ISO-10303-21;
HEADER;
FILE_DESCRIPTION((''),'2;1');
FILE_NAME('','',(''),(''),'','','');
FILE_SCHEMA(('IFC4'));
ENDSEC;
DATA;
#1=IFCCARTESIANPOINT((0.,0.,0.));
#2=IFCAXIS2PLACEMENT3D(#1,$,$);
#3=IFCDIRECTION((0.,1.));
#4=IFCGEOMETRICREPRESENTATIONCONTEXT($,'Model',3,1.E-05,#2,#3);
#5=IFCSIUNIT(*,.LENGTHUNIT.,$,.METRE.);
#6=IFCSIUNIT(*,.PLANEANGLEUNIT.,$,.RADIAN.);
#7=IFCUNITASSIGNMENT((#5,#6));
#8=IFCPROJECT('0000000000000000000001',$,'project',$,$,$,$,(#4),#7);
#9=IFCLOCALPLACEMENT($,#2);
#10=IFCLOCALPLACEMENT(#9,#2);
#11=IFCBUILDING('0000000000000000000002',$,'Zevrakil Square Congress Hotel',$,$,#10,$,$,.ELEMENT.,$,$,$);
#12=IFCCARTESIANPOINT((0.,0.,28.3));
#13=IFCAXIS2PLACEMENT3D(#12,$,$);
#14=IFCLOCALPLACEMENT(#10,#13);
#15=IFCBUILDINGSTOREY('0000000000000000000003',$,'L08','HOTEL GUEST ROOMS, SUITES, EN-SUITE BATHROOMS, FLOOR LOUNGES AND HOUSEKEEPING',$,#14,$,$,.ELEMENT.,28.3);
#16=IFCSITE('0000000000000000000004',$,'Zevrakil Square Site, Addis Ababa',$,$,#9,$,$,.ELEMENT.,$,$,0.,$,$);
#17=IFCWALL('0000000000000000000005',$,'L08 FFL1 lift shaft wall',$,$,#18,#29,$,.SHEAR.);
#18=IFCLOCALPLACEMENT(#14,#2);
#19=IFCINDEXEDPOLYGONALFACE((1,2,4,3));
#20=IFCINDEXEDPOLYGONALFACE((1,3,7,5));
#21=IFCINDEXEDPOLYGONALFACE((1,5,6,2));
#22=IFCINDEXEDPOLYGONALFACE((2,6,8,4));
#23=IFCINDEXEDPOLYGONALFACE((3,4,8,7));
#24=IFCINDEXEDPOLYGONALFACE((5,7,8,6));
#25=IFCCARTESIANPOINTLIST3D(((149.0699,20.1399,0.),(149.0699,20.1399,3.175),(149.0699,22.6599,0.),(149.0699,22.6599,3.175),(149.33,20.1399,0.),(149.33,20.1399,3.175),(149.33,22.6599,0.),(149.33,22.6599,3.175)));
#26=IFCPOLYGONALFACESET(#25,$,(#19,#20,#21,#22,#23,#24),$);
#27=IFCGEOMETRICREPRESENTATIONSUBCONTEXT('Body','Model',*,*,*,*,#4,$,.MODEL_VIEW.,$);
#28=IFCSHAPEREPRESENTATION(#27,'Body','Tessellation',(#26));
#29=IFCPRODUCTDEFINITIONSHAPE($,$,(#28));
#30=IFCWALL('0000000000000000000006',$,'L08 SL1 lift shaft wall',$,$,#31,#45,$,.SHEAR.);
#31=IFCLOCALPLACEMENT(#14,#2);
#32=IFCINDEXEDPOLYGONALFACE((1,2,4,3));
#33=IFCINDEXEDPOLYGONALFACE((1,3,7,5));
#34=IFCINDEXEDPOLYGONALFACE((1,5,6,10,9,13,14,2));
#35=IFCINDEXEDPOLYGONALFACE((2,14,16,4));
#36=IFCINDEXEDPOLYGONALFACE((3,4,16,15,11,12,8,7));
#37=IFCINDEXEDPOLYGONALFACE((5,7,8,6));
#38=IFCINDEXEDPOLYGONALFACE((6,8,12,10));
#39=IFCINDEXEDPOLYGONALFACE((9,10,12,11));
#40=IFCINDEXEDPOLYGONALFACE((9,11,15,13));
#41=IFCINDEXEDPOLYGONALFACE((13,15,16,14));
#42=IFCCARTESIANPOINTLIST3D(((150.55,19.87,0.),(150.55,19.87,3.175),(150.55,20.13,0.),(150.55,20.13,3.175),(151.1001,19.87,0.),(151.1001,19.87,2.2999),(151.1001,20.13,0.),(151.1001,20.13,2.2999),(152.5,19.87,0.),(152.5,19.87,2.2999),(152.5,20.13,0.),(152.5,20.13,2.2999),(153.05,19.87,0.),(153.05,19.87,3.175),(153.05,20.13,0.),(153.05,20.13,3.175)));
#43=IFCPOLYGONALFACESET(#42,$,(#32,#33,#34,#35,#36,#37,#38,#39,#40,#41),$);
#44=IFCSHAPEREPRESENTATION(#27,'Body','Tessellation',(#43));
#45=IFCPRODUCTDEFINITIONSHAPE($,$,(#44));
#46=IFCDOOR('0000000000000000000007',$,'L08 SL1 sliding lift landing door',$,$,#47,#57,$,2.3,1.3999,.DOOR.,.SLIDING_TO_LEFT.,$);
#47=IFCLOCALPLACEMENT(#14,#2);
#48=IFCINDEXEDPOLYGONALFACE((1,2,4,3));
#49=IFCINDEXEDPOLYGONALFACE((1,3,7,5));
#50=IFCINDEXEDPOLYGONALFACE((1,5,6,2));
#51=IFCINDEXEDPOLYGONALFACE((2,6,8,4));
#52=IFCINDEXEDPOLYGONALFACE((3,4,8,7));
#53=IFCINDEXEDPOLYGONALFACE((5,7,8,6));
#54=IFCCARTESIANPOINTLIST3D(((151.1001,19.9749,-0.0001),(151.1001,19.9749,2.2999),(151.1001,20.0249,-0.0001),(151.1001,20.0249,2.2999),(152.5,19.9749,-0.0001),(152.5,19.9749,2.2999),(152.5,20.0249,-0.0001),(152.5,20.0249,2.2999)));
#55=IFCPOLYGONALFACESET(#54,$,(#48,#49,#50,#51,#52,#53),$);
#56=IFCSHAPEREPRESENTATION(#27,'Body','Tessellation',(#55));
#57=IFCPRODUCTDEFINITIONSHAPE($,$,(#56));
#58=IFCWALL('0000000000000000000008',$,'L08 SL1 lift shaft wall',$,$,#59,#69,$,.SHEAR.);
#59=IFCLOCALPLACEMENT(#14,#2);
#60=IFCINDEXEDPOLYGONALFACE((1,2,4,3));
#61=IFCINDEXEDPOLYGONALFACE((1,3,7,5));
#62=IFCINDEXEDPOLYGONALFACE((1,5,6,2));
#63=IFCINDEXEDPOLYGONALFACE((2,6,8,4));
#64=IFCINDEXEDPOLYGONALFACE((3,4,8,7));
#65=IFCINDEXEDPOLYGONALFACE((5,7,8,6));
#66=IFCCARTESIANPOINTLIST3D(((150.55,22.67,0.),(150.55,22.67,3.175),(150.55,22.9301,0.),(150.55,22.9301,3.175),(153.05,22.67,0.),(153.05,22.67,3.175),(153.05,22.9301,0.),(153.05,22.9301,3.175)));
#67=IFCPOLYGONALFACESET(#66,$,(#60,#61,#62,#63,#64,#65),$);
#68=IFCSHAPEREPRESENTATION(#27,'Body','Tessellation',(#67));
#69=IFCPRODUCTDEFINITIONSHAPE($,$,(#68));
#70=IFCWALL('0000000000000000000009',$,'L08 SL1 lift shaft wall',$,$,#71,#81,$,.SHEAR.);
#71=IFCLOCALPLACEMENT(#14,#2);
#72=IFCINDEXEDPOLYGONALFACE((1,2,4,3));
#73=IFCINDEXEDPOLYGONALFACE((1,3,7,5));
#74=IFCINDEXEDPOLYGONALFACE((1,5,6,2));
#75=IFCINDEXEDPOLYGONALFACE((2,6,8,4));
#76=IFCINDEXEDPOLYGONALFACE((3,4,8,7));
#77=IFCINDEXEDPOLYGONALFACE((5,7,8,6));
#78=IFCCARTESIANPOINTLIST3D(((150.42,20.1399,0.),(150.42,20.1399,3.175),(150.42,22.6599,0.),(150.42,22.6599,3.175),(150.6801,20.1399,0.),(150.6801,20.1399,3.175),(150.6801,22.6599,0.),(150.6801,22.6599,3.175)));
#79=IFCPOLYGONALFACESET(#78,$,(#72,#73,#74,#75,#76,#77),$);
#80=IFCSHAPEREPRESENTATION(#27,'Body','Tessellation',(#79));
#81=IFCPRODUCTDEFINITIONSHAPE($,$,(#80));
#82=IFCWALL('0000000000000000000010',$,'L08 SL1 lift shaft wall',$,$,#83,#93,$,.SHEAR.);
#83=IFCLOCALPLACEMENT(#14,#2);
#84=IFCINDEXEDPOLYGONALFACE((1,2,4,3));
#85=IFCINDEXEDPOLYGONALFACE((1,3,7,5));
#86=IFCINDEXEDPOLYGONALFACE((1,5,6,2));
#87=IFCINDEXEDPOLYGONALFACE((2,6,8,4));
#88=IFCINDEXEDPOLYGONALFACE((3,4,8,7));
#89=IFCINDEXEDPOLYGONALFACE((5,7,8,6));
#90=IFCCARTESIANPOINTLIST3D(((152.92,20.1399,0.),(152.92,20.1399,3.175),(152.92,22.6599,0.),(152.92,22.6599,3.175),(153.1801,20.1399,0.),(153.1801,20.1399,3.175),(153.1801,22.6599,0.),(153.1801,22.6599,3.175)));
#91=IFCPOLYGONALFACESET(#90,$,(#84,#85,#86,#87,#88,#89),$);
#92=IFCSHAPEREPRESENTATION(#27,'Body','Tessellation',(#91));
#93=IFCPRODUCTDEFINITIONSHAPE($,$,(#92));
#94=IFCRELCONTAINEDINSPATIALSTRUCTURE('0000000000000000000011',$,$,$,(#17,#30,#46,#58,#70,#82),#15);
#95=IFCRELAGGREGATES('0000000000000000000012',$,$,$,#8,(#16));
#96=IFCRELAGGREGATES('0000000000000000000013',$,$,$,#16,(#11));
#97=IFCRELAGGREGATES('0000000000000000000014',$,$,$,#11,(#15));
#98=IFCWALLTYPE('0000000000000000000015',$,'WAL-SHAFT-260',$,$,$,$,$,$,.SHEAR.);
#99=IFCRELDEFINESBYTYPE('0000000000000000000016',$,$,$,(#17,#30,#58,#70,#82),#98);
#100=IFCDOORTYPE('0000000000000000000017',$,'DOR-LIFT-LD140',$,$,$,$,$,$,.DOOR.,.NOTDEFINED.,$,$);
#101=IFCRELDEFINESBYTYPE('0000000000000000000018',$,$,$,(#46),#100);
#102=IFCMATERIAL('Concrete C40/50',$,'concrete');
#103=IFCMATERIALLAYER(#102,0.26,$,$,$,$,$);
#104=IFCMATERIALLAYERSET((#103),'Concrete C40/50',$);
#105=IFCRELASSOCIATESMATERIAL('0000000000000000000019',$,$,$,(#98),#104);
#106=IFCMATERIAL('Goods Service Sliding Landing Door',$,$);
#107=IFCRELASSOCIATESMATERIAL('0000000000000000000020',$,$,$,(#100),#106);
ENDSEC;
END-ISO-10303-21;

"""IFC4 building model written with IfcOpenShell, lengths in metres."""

from ifc_helpers import new_model, si_unit, direction, frame, frame_2d, origin, place, context, subcontext, project, spatial, rectangle, extrude, material, layer, layer_set, type_object, element, fill, save


model = new_model("IFC4")

# Units and contexts
model_context = context("Model", 3, precision=1e-05, world=origin(), true_north=direction((0.0, 1.0)))
body_context = subcontext(model_context, "Body", "Model", "MODEL_VIEW")
ifc_project = project(units=[si_unit("LENGTHUNIT", "METRE"), si_unit("PLANEANGLEUNIT", "RADIAN")], contexts=[model_context])

# Site, building, storey
site_placement = place(None, origin())
site = spatial("IfcSite", under=ifc_project, at=site_placement, Name="Zevrakil Square Site, Addis Ababa", CompositionType="ELEMENT", RefElevation=0.0)
building_placement = place(site_placement, origin())
building = spatial("IfcBuilding", under=site, at=building_placement, Name="Zevrakil Square Congress Hotel", CompositionType="ELEMENT")
storey_placement = place(building_placement, frame((0.0, 0.0, 28.3)))
storey = spatial("IfcBuildingStorey", under=building, at=storey_placement, Name="L08", Description="HOTEL GUEST ROOMS, SUITES, EN-SUITE BATHROOMS, FLOOR LOUNGES AND HOUSEKEEPING", CompositionType="ELEMENT", Elevation=28.3)

# Shared definitions
ifc_material_1 = material(Name="Concrete C40/50", Category="concrete")
ifc_layer_1 = layer(ifc_material_1, 0.26)
ifc_layer_set_1 = layer_set([ifc_layer_1], Name="Concrete C40/50")
wall_type_1 = type_object("IfcWallType", Name="WAL-SHAFT-260", PredefinedType="SHEAR", material=ifc_layer_set_1)

# Wall
for number, where, z_axis, x_axis, name in (
    (1, (149.2, 20.1399, 0.0), (0.0, 0.0, 1.0), (0.0, 1.0, 0.0), "L08 FFL1 lift shaft wall"),
):
    element("IfcWall", number, at=place(storey_placement, frame(where, z_axis=z_axis, x_axis=x_axis)), inside=storey, type_object=wall_type_1, Name=name, PredefinedType="SHEAR", context=body_context, shape_type="SweptSolid", body=[
        extrude(rectangle(XDim=2.52, YDim=0.26, at=frame_2d((1.26, 0.0))), origin(), (0.0, 0.0, 1.0), 3.175),
    ])

# Wall, opening, door
wall_1_placement = place(storey_placement, frame((150.55, 20.0, 0.0), z_axis=(0.0, 0.0, 1.0), x_axis=(1.0, 0.0, 0.0)))
wall_1 = element("IfcWall", 2, at=wall_1_placement, inside=storey, type_object=wall_type_1, Name="L08 SL1 lift shaft wall", PredefinedType="SHEAR", context=body_context, shape_type="SweptSolid", body=[
    extrude(rectangle(XDim=2.5, YDim=0.26, at=frame_2d((1.25, 0.0))), origin(), (0.0, 0.0, 1.0), 3.175),
])
opening_1_placement = place(wall_1_placement, frame((0.55, 0.0, 0.0)))
opening_1 = element("IfcOpeningElement", 3, at=opening_1_placement, cuts=wall_1, PredefinedType="OPENING", context=body_context, shape_type="SweptSolid", body=[
    extrude(rectangle(XDim=1.3999, YDim=2.3, at=frame_2d((0.7, 1.1499))), frame((0.0, 0.1401, 0.0), z_axis=(0.0, -1.0, 0.0), x_axis=(1.0, 0.0, 0.0)), (0.0, 0.0, 1.0), 0.28),
])
ifc_material_2 = material(Name="Goods Service Sliding Landing Door")
door_type_1 = type_object("IfcDoorType", Name="DOR-LIFT-LD140", OperationType="NOTDEFINED", PredefinedType="DOOR", material=ifc_material_2)
door_1_placement = place(opening_1_placement, origin())
door_1 = element("IfcDoor", 4, at=door_1_placement, inside=storey, type_object=door_type_1, Name="L08 SL1 sliding lift landing door", OperationType="SLIDING_TO_LEFT", OverallHeight=2.3, OverallWidth=1.3999, PredefinedType="DOOR", context=body_context, shape_type="SweptSolid", body=[
    extrude(rectangle(XDim=1.3999, YDim=2.3, at=frame_2d((0.7, 1.1499))), frame((0.0, 0.0249, 0.0), z_axis=(0.0, -1.0, 0.0), x_axis=(1.0, 0.0, 0.0)), (0.0, 0.0, 1.0), 0.05),
])
fill(opening_1, door_1)

# Walls
wall_2_placement = place(storey_placement, frame((150.55, 22.8, 0.0), z_axis=(0.0, 0.0, 1.0), x_axis=(1.0, 0.0, 0.0)))
element("IfcWall", 5, at=wall_2_placement, inside=storey, type_object=wall_type_1, Name="L08 SL1 lift shaft wall", PredefinedType="SHEAR", context=body_context, shape_type="SweptSolid", body=[
    extrude(rectangle(XDim=2.5, YDim=0.26, at=frame_2d((1.25, 0.0))), origin(), (0.0, 0.0, 1.0), 3.175),
])
for number, where, z_axis, x_axis, name in (
    (6, (150.55, 20.1399, 0.0), (0.0, 0.0, 1.0), (0.0, 1.0, 0.0), "L08 SL1 lift shaft wall"),
    (7, (153.05, 20.1399, 0.0), (0.0, 0.0, 1.0), (0.0, 1.0, 0.0), "L08 SL1 lift shaft wall"),
):
    element("IfcWall", number, at=place(storey_placement, frame(where, z_axis=z_axis, x_axis=x_axis)), inside=storey, type_object=wall_type_1, Name=name, PredefinedType="SHEAR", context=body_context, shape_type="SweptSolid", body=[
        extrude(rectangle(XDim=2.52, YDim=0.26, at=frame_2d((1.26, 0.0))), origin(), (0.0, 0.0, 1.0), 3.175),
    ])

save(model, "model.ifc")
